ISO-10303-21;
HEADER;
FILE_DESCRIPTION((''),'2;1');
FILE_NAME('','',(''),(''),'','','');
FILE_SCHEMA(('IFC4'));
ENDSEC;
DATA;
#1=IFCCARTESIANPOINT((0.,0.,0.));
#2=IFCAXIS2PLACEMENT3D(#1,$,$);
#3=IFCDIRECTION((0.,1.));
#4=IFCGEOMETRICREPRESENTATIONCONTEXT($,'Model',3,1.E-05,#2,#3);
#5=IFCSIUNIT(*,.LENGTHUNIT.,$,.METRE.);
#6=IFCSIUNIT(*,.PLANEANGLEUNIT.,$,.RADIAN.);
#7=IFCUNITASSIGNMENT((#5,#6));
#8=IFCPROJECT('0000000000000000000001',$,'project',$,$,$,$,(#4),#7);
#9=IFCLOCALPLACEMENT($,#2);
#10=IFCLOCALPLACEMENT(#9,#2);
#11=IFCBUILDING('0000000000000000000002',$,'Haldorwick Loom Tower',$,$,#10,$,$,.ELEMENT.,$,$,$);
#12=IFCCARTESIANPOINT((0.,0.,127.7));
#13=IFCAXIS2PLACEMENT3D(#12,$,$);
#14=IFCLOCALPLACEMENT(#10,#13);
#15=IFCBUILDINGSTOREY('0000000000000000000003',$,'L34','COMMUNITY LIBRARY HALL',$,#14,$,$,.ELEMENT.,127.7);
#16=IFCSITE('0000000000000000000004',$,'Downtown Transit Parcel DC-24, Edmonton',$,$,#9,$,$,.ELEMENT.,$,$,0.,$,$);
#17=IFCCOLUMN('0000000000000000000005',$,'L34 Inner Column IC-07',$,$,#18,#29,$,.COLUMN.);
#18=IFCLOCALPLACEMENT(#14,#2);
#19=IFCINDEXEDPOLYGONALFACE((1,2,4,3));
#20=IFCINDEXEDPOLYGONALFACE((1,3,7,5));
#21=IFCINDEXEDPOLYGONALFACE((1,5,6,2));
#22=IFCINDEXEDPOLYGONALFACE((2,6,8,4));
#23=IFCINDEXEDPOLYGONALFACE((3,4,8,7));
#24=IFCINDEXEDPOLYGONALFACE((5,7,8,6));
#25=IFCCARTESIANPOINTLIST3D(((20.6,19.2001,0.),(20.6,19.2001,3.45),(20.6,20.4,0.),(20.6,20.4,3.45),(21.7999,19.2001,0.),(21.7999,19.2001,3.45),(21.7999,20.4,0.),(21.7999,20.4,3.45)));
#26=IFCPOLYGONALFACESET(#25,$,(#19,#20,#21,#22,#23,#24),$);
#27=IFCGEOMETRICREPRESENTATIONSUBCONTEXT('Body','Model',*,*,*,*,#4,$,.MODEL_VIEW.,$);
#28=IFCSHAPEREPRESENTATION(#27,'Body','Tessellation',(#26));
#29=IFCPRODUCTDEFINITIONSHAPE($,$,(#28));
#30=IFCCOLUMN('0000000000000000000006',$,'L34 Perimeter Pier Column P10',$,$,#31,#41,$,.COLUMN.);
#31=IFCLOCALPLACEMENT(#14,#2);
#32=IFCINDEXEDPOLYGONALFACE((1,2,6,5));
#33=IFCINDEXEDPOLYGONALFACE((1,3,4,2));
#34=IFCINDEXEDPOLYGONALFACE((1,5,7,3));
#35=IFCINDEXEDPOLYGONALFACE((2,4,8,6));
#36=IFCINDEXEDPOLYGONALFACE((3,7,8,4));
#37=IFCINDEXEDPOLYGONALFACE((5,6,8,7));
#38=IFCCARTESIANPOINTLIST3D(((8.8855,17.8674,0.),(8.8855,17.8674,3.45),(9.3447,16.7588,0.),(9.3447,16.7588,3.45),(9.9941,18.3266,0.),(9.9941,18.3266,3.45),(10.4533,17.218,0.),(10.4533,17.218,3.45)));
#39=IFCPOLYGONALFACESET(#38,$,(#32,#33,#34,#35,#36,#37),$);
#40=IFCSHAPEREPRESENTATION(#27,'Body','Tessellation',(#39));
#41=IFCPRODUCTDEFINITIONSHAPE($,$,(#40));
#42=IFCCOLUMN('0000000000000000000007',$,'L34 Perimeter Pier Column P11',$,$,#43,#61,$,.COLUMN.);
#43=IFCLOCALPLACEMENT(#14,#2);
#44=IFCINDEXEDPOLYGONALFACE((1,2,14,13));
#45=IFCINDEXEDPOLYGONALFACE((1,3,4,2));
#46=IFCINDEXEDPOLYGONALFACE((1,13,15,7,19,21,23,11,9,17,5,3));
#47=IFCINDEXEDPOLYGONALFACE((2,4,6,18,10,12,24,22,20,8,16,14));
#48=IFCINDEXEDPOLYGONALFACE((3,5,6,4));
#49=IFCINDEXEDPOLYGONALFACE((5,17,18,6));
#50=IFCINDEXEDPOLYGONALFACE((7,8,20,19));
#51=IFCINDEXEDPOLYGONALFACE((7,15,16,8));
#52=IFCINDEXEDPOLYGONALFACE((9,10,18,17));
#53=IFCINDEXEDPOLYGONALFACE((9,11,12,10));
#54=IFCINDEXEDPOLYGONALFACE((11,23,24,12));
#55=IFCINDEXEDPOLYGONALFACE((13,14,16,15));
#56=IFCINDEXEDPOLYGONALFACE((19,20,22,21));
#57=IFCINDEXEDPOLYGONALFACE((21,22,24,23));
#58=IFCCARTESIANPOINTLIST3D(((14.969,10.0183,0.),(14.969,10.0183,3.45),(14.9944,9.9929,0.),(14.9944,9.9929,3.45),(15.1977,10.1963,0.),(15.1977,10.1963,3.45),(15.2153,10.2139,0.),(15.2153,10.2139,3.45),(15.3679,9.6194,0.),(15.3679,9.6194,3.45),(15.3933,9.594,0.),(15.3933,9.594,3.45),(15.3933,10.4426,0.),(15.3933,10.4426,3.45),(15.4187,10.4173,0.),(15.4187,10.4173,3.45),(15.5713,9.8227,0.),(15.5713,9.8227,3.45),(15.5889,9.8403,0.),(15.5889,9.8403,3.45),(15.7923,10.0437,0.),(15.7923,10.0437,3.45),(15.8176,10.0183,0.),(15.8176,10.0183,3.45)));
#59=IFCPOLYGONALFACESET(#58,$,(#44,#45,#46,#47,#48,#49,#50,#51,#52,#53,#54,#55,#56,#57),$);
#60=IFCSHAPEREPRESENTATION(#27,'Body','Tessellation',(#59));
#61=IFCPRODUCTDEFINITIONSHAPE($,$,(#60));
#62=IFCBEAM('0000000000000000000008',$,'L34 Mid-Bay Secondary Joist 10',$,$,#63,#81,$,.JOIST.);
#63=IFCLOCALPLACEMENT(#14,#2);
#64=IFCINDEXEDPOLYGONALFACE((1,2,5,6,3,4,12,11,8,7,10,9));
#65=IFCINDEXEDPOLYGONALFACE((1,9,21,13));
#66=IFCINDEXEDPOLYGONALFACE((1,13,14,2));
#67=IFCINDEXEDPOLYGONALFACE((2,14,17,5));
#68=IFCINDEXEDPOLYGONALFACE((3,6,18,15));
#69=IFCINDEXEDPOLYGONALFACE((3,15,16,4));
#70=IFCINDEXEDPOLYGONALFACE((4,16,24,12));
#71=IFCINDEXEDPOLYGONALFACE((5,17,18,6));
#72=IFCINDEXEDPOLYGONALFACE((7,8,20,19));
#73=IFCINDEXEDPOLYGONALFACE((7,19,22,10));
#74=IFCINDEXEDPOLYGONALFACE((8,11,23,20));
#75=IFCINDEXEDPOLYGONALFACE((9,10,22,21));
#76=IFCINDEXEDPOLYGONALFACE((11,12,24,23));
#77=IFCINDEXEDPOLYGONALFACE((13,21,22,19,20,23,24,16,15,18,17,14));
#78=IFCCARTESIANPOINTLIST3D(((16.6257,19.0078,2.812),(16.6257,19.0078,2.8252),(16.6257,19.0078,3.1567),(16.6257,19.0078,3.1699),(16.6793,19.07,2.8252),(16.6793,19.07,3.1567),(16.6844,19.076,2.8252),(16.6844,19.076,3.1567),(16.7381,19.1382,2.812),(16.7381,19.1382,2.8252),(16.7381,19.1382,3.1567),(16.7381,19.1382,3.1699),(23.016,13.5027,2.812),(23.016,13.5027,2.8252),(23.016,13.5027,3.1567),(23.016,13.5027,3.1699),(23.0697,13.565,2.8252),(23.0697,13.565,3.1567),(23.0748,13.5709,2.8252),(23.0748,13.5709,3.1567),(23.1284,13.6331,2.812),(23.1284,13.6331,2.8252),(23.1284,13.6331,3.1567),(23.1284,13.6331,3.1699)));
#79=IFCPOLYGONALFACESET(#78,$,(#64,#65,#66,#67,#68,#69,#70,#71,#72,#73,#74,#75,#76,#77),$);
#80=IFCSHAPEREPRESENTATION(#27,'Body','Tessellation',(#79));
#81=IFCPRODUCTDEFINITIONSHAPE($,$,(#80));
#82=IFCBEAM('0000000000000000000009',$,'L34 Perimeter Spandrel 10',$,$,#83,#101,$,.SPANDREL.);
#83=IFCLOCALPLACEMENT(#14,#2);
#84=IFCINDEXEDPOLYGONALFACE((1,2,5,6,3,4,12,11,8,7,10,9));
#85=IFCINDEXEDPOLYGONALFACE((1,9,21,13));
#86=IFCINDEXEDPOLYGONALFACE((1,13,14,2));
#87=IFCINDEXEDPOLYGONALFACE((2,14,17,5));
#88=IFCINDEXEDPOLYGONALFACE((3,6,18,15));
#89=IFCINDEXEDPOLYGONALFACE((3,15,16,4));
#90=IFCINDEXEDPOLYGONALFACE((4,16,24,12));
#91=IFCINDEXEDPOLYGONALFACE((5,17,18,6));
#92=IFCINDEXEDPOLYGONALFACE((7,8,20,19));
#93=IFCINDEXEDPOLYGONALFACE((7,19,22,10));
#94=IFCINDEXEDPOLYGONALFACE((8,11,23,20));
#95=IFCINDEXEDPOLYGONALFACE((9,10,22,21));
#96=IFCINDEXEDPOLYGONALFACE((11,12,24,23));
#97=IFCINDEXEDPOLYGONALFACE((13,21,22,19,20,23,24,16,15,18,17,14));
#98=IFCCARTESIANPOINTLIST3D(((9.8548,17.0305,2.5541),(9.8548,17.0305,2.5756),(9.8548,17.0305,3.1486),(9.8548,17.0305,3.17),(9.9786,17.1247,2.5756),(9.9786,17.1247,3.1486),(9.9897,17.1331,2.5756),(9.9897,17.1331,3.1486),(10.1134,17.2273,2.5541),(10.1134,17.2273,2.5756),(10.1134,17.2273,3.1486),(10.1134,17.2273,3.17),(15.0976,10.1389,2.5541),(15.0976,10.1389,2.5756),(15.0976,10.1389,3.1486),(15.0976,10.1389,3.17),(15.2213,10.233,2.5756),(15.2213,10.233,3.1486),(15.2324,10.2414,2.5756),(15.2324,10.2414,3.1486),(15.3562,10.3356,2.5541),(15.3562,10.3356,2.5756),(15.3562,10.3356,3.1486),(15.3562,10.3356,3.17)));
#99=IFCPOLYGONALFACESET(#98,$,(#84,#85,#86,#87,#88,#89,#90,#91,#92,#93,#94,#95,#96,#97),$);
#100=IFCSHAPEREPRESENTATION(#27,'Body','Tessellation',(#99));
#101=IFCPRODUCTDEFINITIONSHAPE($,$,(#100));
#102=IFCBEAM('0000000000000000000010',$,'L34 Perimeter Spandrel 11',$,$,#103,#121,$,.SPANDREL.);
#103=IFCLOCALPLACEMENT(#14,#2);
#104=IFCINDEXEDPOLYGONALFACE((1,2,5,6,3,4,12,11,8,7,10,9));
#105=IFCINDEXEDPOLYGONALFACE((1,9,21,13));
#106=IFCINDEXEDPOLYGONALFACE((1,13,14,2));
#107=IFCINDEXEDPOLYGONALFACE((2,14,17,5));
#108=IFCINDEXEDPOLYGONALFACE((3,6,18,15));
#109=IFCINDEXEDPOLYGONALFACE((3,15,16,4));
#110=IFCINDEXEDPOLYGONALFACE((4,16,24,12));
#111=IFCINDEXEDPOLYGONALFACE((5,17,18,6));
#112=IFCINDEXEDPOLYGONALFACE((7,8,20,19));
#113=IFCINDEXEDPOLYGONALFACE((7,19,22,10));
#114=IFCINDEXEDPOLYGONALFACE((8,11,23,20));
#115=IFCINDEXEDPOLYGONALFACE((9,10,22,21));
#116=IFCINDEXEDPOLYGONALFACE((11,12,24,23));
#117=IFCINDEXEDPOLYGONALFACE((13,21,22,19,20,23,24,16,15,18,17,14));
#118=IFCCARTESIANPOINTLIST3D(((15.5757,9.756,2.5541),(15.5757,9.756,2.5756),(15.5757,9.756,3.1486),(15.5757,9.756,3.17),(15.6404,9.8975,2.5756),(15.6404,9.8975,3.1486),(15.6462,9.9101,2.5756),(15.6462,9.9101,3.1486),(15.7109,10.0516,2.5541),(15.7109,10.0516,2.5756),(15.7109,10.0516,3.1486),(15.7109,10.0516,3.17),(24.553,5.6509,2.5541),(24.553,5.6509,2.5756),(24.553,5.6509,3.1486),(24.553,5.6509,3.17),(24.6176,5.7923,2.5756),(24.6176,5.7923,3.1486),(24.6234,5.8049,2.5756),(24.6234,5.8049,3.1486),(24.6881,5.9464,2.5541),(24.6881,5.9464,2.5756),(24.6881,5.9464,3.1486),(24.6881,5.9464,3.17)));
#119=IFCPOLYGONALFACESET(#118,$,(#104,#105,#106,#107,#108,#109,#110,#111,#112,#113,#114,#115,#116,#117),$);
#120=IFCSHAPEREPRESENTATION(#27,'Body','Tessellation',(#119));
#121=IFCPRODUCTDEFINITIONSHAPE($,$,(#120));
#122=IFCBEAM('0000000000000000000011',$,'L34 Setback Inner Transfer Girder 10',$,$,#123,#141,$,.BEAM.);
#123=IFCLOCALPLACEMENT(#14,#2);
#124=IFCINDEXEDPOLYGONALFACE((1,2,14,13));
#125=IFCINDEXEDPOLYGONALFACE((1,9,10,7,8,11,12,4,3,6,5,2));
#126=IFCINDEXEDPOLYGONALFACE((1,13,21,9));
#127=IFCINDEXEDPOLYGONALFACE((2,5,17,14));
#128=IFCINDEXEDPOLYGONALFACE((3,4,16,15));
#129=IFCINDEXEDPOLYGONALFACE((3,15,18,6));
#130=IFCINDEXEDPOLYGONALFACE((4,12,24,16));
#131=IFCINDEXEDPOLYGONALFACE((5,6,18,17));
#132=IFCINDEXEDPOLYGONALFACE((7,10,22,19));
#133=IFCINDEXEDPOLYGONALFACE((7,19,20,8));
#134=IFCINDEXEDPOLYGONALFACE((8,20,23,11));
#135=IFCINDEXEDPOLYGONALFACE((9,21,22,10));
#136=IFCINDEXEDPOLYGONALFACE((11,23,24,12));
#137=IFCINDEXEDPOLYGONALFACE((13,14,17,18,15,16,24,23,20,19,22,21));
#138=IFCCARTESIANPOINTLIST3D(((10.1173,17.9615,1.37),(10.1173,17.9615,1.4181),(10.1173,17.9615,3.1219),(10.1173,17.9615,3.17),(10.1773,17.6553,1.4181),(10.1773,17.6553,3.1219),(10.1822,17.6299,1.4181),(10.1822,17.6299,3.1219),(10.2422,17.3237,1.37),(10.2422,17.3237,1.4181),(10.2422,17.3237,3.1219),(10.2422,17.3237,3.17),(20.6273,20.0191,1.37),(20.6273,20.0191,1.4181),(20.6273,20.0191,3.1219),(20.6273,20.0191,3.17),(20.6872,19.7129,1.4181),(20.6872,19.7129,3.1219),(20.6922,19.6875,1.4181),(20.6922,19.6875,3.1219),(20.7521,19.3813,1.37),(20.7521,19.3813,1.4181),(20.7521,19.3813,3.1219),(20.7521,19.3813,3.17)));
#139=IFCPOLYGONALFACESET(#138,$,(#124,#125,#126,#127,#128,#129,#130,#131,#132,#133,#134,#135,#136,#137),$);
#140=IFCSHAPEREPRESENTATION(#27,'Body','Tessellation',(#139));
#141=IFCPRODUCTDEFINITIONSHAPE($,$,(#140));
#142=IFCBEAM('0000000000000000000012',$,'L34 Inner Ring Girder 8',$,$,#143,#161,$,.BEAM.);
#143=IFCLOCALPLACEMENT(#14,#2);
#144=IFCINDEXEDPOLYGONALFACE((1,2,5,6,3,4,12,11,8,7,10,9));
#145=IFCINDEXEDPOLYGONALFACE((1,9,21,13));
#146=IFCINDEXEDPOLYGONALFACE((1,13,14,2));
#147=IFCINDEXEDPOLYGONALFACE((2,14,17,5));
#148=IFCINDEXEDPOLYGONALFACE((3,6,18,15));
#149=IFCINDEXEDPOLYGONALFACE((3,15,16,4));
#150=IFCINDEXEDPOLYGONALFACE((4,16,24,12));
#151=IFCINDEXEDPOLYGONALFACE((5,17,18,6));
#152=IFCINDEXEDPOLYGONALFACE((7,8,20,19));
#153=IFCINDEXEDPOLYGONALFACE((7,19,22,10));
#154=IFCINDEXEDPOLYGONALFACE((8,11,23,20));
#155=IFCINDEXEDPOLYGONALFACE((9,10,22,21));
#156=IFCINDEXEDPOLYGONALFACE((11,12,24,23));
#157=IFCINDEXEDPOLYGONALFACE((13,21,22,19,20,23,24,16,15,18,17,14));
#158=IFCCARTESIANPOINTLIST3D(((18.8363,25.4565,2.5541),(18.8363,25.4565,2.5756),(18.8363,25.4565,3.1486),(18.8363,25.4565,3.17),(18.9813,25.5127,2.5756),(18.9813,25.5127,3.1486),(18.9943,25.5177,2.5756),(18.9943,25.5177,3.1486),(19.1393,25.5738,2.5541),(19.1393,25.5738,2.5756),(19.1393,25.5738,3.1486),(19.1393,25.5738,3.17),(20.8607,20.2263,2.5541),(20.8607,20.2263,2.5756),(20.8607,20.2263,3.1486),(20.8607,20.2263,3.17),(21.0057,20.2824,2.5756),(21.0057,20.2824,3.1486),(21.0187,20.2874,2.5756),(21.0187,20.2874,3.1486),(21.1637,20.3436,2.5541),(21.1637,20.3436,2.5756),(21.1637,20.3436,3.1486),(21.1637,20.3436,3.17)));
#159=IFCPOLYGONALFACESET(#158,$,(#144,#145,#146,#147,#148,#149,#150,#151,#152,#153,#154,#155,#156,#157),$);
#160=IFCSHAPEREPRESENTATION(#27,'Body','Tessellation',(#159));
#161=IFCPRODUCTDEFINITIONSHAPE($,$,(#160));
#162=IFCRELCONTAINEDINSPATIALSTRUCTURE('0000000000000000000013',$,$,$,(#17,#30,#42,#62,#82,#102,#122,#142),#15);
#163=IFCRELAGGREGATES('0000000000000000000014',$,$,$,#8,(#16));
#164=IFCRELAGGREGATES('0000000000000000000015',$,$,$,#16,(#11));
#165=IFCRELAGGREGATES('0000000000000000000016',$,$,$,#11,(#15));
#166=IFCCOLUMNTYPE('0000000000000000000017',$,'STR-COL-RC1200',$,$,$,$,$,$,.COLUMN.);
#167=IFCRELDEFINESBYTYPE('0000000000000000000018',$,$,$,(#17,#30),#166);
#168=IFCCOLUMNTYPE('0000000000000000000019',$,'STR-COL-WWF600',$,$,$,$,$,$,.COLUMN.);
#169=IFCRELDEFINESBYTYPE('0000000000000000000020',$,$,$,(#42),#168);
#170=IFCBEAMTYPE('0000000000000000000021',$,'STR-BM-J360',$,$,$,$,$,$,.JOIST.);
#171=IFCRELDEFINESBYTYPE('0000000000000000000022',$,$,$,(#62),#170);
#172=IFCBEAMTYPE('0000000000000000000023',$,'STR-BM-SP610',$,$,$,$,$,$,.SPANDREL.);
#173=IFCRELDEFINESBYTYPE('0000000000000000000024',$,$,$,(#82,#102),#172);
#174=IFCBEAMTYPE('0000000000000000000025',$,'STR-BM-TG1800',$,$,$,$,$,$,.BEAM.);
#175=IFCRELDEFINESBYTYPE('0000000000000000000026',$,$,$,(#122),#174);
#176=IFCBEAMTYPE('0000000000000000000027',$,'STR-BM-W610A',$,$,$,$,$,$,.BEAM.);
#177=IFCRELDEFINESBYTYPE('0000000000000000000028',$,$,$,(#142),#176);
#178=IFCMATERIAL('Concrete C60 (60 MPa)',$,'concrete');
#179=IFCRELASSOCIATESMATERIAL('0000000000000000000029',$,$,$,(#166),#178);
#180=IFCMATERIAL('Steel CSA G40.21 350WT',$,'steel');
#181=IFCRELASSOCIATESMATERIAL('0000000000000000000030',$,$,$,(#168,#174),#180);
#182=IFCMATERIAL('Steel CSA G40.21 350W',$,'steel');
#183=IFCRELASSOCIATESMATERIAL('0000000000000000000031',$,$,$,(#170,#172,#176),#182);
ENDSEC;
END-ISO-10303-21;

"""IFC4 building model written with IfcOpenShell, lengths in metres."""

from ifc_helpers import new_model, si_unit, direction, frame, origin, origin_2d, place, context, subcontext, project, spatial, rectangle, i_section, extrude, material, material_profile, profile_set, type_object, element, save


model = new_model("IFC4")

# Units and contexts
model_context = context("Model", 3, precision=1e-05, world=origin(), true_north=direction((0.0, 1.0)))
body_context = subcontext(model_context, "Body", "Model", "MODEL_VIEW")
ifc_project = project(units=[si_unit("LENGTHUNIT", "METRE"), si_unit("PLANEANGLEUNIT", "RADIAN")], contexts=[model_context])

# Site, building, storey
site_placement = place(None, origin())
site = spatial("IfcSite", under=ifc_project, at=site_placement, Name="Downtown Transit Parcel DC-24, Edmonton", CompositionType="ELEMENT", RefElevation=0.0)
building_placement = place(site_placement, origin())
building = spatial("IfcBuilding", under=site, at=building_placement, Name="Haldorwick Loom Tower", CompositionType="ELEMENT")
storey_placement = place(building_placement, frame((0.0, 0.0, 127.7)))
storey = spatial("IfcBuildingStorey", under=building, at=storey_placement, Name="L34", Description="COMMUNITY LIBRARY HALL", CompositionType="ELEMENT", Elevation=127.7)

# Columns
ifc_material_1 = material(Name="Concrete C60 (60 MPa)", Category="concrete")
ifc_material_profile_1 = material_profile(ifc_material_1, rectangle(XDim=1.2, YDim=1.2, at=origin_2d()), Name="RC1200X1200", Category="concrete")
ifc_profile_set_1 = profile_set([ifc_material_profile_1], Name="Concrete C60 (60 MPa)")
column_type_1 = type_object("IfcColumnType", Name="STR-COL-RC1200", PredefinedType="COLUMN", material=ifc_profile_set_1)
for number, where, z_axis, x_axis, name in (
    (1, (21.2, 19.8, 0.0), (0.0, 0.0, 1.0), (1.0, 0.0, 0.0), "L34 Inner Column IC-07"),
    (2, (9.6694, 17.5427, 0.0), (0.0, 0.0, 1.0), (-0.92388, -0.382683, 0.0), "L34 Perimeter Pier Column P10"),
):
    element("IfcColumn", number, at=place(storey_placement, frame(where, z_axis=z_axis, x_axis=x_axis)), inside=storey, type_object=column_type_1, Name=name, PredefinedType="COLUMN", context=body_context, shape_type="SweptSolid", body=[
        extrude(rectangle(XDim=1.2, YDim=1.2, at=origin_2d()), origin(), (0.0, 0.0, 1.0), 3.45),
    ])
ifc_material_2 = material(Name="Steel CSA G40.21 350WT", Category="steel")
ifc_material_profile_2 = material_profile(ifc_material_2, i_section(OverallWidth=0.6001, OverallDepth=0.6001, WebThickness=0.0249, FlangeThickness=0.0359, at=origin_2d()), Name="WWF600X600", Category="steel")
ifc_profile_set_2 = profile_set([ifc_material_profile_2], Name="Steel CSA G40.21 350WT")
column_type_2 = type_object("IfcColumnType", Name="STR-COL-WWF600", PredefinedType="COLUMN", material=ifc_profile_set_2)
column_placement = place(storey_placement, frame((15.3933, 10.0183, 0.0), z_axis=(0.0, 0.0, 1.0), x_axis=(-0.707107, -0.707107, 0.0)))
element("IfcColumn", 3, at=column_placement, inside=storey, type_object=column_type_2, Name="L34 Perimeter Pier Column P11", PredefinedType="COLUMN", context=body_context, shape_type="SweptSolid", body=[
    extrude(i_section(OverallWidth=0.6001, OverallDepth=0.6001, WebThickness=0.0249, FlangeThickness=0.0359, at=origin_2d()), origin(), (0.0, 0.0, 1.0), 3.45),
])

# Beams
ifc_material_3 = material(Name="Steel CSA G40.21 350W", Category="steel")
ifc_material_profile_3 = material_profile(ifc_material_3, i_section(OverallWidth=0.1721, OverallDepth=0.3579, WebThickness=0.0078, FlangeThickness=0.0132, at=origin_2d()), Name="W360X57", Category="steel")
ifc_profile_set_3 = profile_set([ifc_material_profile_3], Name="Steel CSA G40.21 350W")
beam_type_1 = type_object("IfcBeamType", Name="STR-BM-J360", PredefinedType="JOIST", material=ifc_profile_set_3)
beam_1_placement = place(storey_placement, frame((16.6819, 19.073, 2.991), z_axis=(0.757634, -0.65268, 0.0), x_axis=(0.65268, 0.757634, 0.0)))
element("IfcBeam", 4, at=beam_1_placement, inside=storey, type_object=beam_type_1, Name="L34 Mid-Bay Secondary Joist 10", PredefinedType="JOIST", context=body_context, shape_type="SweptSolid", body=[
    extrude(i_section(OverallWidth=0.1721, OverallDepth=0.3579, WebThickness=0.0078, FlangeThickness=0.0132, at=origin_2d()), origin(), (0.0, 0.0, 1.0), 8.4346),
])
ifc_material_profile_4 = material_profile(ifc_material_3, i_section(OverallWidth=0.325, OverallDepth=0.616, WebThickness=0.0139, FlangeThickness=0.0215, at=origin_2d()), Name="W610X174", Category="steel")
ifc_profile_set_4 = profile_set([ifc_material_profile_4], Name="Steel CSA G40.21 350W")
beam_type_2 = type_object("IfcBeamType", Name="STR-BM-SP610", PredefinedType="SPANDREL", material=ifc_profile_set_4)
beam_2_placement = place(storey_placement, frame((9.9841, 17.1289, 2.8621), z_axis=(0.605454, -0.795881, 0.0), x_axis=(0.795881, 0.605454, 0.0)))
element("IfcBeam", 5, at=beam_2_placement, inside=storey, type_object=beam_type_2, Name="L34 Perimeter Spandrel 10", PredefinedType="SPANDREL", context=body_context, shape_type="SweptSolid", body=[
    extrude(i_section(OverallWidth=0.325, OverallDepth=0.616, WebThickness=0.0139, FlangeThickness=0.0215, at=origin_2d()), origin(), (0.0, 0.0, 1.0), 8.6592),
])
beam_3_placement = place(storey_placement, frame((15.6433, 9.9038, 2.8621), z_axis=(0.909424, -0.41587, 0.0), x_axis=(0.41587, 0.909424, 0.0)))
element("IfcBeam", 6, at=beam_3_placement, inside=storey, type_object=beam_type_2, Name="L34 Perimeter Spandrel 11", PredefinedType="SPANDREL", context=body_context, shape_type="SweptSolid", body=[
    extrude(i_section(OverallWidth=0.325, OverallDepth=0.616, WebThickness=0.0139, FlangeThickness=0.0215, at=origin_2d()), origin(), (0.0, 0.0, 1.0), 9.8713),
])
ifc_material_profile_5 = material_profile(ifc_material_2, i_section(OverallWidth=0.6499, OverallDepth=1.8, WebThickness=0.0259, FlangeThickness=0.0481, at=origin_2d()), Name="WWF1800X650", Category="steel")
ifc_profile_set_5 = profile_set([ifc_material_profile_5], Name="Steel CSA G40.21 350WT")
beam_type_3 = type_object("IfcBeamType", Name="STR-BM-TG1800", PredefinedType="BEAM", material=ifc_profile_set_5)
beam_4_placement = place(storey_placement, frame((20.6897, 19.7002, 2.27), z_axis=(-0.98137, -0.192129, 0.0), x_axis=(0.192129, -0.98137, 0.0)))
element("IfcBeam", 7, at=beam_4_placement, inside=storey, type_object=beam_type_3, Name="L34 Setback Inner Transfer Girder 10", PredefinedType="BEAM", context=body_context, shape_type="SweptSolid", body=[
    extrude(i_section(OverallWidth=0.6499, OverallDepth=1.8, WebThickness=0.0259, FlangeThickness=0.0481, at=origin_2d()), origin(), (0.0, 0.0, 1.0), 10.7095),
])
ifc_material_profile_6 = material_profile(ifc_material_3, i_section(OverallWidth=0.325, OverallDepth=0.616, WebThickness=0.0139, FlangeThickness=0.0215, at=origin_2d()), Name="W610X174", Category="steel")
ifc_profile_set_6 = profile_set([ifc_material_profile_6], Name="Steel CSA G40.21 350W")
beam_type_4 = type_object("IfcBeamType", Name="STR-BM-W610A", PredefinedType="BEAM", material=ifc_profile_set_6)
beam_5_placement = place(storey_placement, frame((21.0122, 20.2849, 2.8621), z_axis=(-0.360965, 0.932579, 0.0), x_axis=(-0.932579, -0.360965, 0.0)))
element("IfcBeam", 8, at=beam_5_placement, inside=storey, type_object=beam_type_4, Name="L34 Inner Ring Girder 8", PredefinedType="BEAM", context=body_context, shape_type="SweptSolid", body=[
    extrude(i_section(OverallWidth=0.325, OverallDepth=0.616, WebThickness=0.0139, FlangeThickness=0.0215, at=origin_2d()), origin(), (0.0, 0.0, 1.0), 5.6084),
])

save(model, "model.ifc")
